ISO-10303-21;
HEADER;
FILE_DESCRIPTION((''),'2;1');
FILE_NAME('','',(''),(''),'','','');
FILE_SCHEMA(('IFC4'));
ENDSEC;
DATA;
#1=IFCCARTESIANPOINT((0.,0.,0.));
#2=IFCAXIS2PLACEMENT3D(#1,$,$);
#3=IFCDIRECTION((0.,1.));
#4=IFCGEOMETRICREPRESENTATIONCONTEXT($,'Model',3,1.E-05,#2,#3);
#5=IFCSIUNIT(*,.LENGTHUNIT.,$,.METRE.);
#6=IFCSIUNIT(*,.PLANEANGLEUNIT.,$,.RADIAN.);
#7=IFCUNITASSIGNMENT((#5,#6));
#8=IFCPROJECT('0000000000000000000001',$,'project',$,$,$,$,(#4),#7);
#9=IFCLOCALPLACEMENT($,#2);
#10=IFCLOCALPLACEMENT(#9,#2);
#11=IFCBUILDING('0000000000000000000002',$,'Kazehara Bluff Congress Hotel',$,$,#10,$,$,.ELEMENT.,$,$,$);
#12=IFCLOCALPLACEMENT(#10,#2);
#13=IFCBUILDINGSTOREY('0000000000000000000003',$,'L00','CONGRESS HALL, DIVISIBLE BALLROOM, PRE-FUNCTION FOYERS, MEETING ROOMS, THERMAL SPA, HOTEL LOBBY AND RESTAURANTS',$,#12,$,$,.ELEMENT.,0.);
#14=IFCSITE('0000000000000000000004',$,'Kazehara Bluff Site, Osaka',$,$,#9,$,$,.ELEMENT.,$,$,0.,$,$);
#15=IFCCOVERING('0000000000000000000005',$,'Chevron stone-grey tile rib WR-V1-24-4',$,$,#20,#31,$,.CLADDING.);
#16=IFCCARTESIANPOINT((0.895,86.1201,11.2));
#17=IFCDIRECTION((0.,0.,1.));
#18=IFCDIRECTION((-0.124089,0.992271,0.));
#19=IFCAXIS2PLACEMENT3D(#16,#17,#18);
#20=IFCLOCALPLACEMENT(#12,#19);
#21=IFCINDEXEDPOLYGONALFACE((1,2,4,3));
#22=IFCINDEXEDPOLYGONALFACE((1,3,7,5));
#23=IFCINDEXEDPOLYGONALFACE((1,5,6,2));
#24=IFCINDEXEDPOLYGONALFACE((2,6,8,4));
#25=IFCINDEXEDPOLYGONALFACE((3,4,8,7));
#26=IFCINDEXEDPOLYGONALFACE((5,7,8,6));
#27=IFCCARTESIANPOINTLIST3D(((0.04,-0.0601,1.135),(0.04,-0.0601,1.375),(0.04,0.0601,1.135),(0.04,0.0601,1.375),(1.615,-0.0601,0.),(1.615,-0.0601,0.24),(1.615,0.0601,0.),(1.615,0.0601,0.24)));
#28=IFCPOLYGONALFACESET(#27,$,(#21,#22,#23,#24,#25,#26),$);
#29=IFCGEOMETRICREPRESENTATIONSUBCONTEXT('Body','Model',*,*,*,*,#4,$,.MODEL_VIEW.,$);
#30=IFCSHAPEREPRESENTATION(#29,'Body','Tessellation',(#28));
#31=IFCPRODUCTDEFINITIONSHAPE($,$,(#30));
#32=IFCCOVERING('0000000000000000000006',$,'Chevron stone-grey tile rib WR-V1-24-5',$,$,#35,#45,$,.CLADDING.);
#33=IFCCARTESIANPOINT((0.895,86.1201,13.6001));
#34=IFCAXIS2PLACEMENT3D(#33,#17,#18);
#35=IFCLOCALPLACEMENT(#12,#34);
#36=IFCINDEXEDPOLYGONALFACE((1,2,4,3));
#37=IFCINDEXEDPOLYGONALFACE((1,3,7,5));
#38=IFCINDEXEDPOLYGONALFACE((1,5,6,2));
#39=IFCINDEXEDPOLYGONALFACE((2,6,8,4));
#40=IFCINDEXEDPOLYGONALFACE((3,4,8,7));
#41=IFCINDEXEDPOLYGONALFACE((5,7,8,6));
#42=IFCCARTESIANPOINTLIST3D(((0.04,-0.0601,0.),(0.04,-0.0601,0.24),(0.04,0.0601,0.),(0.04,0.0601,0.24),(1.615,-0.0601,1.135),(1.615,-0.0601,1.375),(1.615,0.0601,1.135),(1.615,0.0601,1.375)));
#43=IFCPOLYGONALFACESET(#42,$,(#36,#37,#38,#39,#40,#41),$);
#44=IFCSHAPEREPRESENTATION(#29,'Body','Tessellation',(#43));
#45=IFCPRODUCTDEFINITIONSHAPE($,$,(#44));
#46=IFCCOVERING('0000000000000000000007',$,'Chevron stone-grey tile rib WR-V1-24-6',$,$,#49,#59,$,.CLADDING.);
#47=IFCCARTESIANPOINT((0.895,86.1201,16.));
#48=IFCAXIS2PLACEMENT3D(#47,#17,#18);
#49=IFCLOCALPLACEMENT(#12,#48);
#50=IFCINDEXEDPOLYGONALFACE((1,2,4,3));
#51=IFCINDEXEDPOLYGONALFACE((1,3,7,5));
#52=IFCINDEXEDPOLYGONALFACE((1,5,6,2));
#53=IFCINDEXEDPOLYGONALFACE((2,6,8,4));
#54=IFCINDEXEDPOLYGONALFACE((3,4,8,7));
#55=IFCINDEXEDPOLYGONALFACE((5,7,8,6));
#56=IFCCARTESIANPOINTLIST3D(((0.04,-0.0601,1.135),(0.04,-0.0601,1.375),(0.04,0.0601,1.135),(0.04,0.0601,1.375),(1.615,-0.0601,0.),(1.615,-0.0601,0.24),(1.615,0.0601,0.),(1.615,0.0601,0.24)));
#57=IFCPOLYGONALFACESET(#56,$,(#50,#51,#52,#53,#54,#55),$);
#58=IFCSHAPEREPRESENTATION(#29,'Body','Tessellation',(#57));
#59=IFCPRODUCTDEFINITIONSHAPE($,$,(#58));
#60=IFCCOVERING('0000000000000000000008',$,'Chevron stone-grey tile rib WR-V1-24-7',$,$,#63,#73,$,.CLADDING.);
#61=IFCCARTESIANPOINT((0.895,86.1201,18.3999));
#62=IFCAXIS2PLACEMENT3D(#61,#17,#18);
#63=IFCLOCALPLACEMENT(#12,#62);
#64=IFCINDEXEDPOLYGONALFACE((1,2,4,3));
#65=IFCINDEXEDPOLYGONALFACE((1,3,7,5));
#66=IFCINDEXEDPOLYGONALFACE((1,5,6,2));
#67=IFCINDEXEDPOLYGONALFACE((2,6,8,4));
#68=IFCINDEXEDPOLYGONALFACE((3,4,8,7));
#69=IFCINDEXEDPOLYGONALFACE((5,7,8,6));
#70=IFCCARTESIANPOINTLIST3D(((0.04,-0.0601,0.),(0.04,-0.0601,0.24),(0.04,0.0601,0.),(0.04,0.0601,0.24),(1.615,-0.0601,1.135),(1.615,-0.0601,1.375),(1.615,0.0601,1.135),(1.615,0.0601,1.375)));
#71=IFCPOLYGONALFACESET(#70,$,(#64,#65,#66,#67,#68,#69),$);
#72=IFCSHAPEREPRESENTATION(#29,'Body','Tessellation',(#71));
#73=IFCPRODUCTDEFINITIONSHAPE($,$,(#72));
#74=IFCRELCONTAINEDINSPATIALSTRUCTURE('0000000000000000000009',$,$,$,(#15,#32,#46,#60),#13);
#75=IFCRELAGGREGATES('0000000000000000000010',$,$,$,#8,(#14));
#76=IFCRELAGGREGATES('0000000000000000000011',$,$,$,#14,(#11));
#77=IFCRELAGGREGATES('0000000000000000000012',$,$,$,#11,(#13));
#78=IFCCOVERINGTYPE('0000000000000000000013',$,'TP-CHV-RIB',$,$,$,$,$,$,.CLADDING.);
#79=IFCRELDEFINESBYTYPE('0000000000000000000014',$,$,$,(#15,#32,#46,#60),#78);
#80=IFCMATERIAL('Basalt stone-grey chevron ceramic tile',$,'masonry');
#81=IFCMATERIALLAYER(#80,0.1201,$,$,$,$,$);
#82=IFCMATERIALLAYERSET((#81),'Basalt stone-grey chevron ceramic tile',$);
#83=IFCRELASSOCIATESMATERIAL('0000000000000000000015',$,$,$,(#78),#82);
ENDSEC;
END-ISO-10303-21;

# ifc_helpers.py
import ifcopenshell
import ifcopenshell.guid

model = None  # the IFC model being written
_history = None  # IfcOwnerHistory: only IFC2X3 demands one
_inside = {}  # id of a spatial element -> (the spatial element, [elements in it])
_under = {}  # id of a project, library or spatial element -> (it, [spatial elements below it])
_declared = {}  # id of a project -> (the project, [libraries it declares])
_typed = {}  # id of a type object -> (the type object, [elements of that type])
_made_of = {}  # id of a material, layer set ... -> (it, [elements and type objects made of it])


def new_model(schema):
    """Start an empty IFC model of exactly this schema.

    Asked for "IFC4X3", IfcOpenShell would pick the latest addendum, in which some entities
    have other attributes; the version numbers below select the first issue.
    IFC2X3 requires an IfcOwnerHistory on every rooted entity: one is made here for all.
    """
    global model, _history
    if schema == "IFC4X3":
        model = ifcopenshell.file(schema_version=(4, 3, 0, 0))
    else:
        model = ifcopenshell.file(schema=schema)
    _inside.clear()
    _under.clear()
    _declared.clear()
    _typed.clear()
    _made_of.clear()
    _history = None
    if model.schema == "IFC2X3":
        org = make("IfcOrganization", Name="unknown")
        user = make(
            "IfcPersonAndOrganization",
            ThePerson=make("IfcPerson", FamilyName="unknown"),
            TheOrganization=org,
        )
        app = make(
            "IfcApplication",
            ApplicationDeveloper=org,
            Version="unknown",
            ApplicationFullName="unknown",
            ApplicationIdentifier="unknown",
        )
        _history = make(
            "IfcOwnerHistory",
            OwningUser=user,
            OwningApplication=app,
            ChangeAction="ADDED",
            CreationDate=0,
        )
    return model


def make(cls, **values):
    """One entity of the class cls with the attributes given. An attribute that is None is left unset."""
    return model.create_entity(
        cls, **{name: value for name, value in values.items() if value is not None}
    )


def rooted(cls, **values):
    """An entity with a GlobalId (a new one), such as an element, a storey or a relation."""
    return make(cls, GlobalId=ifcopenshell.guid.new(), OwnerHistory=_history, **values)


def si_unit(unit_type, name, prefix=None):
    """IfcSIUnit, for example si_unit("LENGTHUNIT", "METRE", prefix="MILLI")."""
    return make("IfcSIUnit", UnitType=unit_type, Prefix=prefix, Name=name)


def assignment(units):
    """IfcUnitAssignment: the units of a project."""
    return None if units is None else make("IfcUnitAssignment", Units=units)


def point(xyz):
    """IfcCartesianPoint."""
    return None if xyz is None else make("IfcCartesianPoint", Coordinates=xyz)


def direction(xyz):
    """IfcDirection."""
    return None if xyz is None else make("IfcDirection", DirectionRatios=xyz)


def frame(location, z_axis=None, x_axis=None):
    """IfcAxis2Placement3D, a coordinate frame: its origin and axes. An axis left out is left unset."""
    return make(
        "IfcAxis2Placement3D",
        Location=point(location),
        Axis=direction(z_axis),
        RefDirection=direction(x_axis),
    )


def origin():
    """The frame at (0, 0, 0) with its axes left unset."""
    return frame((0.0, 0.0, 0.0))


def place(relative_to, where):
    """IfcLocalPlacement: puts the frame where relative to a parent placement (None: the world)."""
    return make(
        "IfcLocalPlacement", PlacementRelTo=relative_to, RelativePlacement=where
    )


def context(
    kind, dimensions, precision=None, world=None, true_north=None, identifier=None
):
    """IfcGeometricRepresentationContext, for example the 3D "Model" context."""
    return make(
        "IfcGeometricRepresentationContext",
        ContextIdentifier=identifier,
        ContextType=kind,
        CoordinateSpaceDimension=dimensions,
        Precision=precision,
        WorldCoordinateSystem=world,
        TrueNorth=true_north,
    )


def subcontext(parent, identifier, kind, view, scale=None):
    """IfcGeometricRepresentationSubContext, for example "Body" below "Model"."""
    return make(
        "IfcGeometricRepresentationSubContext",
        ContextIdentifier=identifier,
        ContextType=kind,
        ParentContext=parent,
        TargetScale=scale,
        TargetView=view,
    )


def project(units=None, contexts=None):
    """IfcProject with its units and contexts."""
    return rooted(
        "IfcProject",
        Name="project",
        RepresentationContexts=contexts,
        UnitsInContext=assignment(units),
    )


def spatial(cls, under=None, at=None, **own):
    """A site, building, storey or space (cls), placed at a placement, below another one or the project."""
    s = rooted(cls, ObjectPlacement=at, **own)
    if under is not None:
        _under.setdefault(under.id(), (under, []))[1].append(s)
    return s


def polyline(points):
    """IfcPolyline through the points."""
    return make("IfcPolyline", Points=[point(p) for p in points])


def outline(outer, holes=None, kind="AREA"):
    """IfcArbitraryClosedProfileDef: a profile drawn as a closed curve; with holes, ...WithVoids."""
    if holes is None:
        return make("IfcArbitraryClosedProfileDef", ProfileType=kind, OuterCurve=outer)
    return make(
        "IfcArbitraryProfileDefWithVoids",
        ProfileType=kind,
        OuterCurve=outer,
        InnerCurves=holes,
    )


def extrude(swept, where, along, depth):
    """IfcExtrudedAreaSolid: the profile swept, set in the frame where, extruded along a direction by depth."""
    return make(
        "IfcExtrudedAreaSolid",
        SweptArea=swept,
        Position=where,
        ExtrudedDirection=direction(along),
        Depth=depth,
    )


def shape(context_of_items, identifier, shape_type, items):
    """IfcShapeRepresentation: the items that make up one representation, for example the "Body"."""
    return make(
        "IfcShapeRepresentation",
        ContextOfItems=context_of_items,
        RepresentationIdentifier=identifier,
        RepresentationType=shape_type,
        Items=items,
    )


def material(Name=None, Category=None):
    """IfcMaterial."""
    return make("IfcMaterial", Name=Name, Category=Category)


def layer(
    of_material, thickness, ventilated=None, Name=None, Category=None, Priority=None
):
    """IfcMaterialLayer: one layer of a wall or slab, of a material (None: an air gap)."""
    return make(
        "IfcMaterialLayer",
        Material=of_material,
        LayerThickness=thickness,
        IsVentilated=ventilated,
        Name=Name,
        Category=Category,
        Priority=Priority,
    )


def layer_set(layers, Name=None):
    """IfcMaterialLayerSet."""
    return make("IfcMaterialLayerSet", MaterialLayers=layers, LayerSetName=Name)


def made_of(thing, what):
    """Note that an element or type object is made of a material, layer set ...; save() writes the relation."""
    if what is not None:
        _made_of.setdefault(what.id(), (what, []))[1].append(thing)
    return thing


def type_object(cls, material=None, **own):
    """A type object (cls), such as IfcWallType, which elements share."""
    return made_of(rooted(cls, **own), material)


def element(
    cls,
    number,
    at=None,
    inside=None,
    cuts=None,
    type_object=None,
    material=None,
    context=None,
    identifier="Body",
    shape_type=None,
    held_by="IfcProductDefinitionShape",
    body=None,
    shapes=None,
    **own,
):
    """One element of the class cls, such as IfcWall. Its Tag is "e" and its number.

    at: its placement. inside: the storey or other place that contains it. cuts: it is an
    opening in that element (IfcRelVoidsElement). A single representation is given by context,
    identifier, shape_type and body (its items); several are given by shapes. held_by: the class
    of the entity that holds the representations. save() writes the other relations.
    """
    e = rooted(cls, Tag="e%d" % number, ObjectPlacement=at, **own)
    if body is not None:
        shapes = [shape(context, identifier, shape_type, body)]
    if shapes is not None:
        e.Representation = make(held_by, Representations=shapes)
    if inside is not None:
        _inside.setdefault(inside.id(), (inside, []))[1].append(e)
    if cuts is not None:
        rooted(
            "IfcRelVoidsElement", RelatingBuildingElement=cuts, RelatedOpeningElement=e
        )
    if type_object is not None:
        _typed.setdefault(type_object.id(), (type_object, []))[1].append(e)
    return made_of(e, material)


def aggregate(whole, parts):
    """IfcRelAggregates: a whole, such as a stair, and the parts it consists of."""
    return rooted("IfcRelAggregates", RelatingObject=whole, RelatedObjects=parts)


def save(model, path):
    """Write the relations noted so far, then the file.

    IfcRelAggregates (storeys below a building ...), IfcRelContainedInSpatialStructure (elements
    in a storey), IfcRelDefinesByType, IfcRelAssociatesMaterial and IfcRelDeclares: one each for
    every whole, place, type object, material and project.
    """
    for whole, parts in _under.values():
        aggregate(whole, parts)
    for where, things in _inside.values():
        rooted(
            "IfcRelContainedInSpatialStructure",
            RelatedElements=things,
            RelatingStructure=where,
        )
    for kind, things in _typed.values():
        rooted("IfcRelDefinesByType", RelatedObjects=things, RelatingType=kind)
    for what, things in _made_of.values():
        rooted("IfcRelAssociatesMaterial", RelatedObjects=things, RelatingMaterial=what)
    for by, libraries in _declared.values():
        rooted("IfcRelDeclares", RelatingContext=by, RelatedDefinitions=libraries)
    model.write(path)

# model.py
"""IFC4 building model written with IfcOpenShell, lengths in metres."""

from ifc_helpers import new_model, si_unit, direction, frame, origin, place, context, subcontext, project, spatial, polyline, outline, extrude, material, layer, layer_set, type_object, element, save


model = new_model("IFC4")

# Units and contexts
model_context = context("Model", 3, precision=1e-05, world=origin(), true_north=direction((0.0, 1.0)))
body_context = subcontext(model_context, "Body", "Model", "MODEL_VIEW")
ifc_project = project(units=[si_unit("LENGTHUNIT", "METRE"), si_unit("PLANEANGLEUNIT", "RADIAN")], contexts=[model_context])

# Site, building, storey
site_placement = place(None, origin())
site = spatial("IfcSite", under=ifc_project, at=site_placement, Name="Kazehara Bluff Site, Osaka", CompositionType="ELEMENT", RefElevation=0.0)
building_placement = place(site_placement, origin())
building = spatial("IfcBuilding", under=site, at=building_placement, Name="Kazehara Bluff Congress Hotel", CompositionType="ELEMENT")
storey_placement = place(building_placement, origin())
storey = spatial("IfcBuildingStorey", under=building, at=storey_placement, Name="L00", Description="CONGRESS HALL, DIVISIBLE BALLROOM, PRE-FUNCTION FOYERS, MEETING ROOMS, THERMAL SPA, HOTEL LOBBY AND RESTAURANTS", CompositionType="ELEMENT", Elevation=0.0)

# Coverings
ifc_material = material(Name="Basalt stone-grey chevron ceramic tile", Category="masonry")
ifc_layer = layer(ifc_material, 0.1201)
ifc_layer_set = layer_set([ifc_layer], Name="Basalt stone-grey chevron ceramic tile")
covering_type = type_object("IfcCoveringType", Name="TP-CHV-RIB", PredefinedType="CLADDING", material=ifc_layer_set)
covering_1_placement = place(storey_placement, frame((0.895, 86.1201, 11.2), z_axis=(0.0, 0.0, 1.0), x_axis=(-0.124089, 0.992271, 0.0)))
element("IfcCovering", 1, at=covering_1_placement, inside=storey, type_object=covering_type, Name="Chevron stone-grey tile rib WR-V1-24-4", PredefinedType="CLADDING", context=body_context, shape_type="SweptSolid", body=[
    extrude(outline(polyline([(0.04, 1.135), (1.615, 0.0), (1.615, 0.24), (0.04, 1.375), (0.04, 1.135)])), frame((0.0, 0.0601, 0.0), z_axis=(0.0, -1.0, 0.0), x_axis=(1.0, 0.0, 0.0)), (0.0, 0.0, 1.0), 0.1201),
])
covering_2_placement = place(storey_placement, frame((0.895, 86.1201, 13.6001), z_axis=(0.0, 0.0, 1.0), x_axis=(-0.124089, 0.992271, 0.0)))
element("IfcCovering", 2, at=covering_2_placement, inside=storey, type_object=covering_type, Name="Chevron stone-grey tile rib WR-V1-24-5", PredefinedType="CLADDING", context=body_context, shape_type="SweptSolid", body=[
    extrude(outline(polyline([(0.04, 0.0), (1.615, 1.135), (1.615, 1.375), (0.04, 0.24), (0.04, 0.0)])), frame((0.0, 0.0601, 0.0), z_axis=(0.0, -1.0, 0.0), x_axis=(1.0, 0.0, 0.0)), (0.0, 0.0, 1.0), 0.1201),
])
covering_3_placement = place(storey_placement, frame((0.895, 86.1201, 16.0), z_axis=(0.0, 0.0, 1.0), x_axis=(-0.124089, 0.992271, 0.0)))
element("IfcCovering", 3, at=covering_3_placement, inside=storey, type_object=covering_type, Name="Chevron stone-grey tile rib WR-V1-24-6", PredefinedType="CLADDING", context=body_context, shape_type="SweptSolid", body=[
    extrude(outline(polyline([(0.04, 1.135), (1.615, 0.0), (1.615, 0.24), (0.04, 1.375), (0.04, 1.135)])), frame((0.0, 0.0601, 0.0), z_axis=(0.0, -1.0, 0.0), x_axis=(1.0, 0.0, 0.0)), (0.0, 0.0, 1.0), 0.1201),
])
covering_4_placement = place(storey_placement, frame((0.895, 86.1201, 18.3999), z_axis=(0.0, 0.0, 1.0), x_axis=(-0.124089, 0.992271, 0.0)))
element("IfcCovering", 4, at=covering_4_placement, inside=storey, type_object=covering_type, Name="Chevron stone-grey tile rib WR-V1-24-7", PredefinedType="CLADDING", context=body_context, shape_type="SweptSolid", body=[
    extrude(outline(polyline([(0.04, 0.0), (1.615, 1.135), (1.615, 1.375), (0.04, 0.24), (0.04, 0.0)])), frame((0.0, 0.0601, 0.0), z_axis=(0.0, -1.0, 0.0), x_axis=(1.0, 0.0, 0.0)), (0.0, 0.0, 1.0), 0.1201),
])

save(model, "model.ifc")
